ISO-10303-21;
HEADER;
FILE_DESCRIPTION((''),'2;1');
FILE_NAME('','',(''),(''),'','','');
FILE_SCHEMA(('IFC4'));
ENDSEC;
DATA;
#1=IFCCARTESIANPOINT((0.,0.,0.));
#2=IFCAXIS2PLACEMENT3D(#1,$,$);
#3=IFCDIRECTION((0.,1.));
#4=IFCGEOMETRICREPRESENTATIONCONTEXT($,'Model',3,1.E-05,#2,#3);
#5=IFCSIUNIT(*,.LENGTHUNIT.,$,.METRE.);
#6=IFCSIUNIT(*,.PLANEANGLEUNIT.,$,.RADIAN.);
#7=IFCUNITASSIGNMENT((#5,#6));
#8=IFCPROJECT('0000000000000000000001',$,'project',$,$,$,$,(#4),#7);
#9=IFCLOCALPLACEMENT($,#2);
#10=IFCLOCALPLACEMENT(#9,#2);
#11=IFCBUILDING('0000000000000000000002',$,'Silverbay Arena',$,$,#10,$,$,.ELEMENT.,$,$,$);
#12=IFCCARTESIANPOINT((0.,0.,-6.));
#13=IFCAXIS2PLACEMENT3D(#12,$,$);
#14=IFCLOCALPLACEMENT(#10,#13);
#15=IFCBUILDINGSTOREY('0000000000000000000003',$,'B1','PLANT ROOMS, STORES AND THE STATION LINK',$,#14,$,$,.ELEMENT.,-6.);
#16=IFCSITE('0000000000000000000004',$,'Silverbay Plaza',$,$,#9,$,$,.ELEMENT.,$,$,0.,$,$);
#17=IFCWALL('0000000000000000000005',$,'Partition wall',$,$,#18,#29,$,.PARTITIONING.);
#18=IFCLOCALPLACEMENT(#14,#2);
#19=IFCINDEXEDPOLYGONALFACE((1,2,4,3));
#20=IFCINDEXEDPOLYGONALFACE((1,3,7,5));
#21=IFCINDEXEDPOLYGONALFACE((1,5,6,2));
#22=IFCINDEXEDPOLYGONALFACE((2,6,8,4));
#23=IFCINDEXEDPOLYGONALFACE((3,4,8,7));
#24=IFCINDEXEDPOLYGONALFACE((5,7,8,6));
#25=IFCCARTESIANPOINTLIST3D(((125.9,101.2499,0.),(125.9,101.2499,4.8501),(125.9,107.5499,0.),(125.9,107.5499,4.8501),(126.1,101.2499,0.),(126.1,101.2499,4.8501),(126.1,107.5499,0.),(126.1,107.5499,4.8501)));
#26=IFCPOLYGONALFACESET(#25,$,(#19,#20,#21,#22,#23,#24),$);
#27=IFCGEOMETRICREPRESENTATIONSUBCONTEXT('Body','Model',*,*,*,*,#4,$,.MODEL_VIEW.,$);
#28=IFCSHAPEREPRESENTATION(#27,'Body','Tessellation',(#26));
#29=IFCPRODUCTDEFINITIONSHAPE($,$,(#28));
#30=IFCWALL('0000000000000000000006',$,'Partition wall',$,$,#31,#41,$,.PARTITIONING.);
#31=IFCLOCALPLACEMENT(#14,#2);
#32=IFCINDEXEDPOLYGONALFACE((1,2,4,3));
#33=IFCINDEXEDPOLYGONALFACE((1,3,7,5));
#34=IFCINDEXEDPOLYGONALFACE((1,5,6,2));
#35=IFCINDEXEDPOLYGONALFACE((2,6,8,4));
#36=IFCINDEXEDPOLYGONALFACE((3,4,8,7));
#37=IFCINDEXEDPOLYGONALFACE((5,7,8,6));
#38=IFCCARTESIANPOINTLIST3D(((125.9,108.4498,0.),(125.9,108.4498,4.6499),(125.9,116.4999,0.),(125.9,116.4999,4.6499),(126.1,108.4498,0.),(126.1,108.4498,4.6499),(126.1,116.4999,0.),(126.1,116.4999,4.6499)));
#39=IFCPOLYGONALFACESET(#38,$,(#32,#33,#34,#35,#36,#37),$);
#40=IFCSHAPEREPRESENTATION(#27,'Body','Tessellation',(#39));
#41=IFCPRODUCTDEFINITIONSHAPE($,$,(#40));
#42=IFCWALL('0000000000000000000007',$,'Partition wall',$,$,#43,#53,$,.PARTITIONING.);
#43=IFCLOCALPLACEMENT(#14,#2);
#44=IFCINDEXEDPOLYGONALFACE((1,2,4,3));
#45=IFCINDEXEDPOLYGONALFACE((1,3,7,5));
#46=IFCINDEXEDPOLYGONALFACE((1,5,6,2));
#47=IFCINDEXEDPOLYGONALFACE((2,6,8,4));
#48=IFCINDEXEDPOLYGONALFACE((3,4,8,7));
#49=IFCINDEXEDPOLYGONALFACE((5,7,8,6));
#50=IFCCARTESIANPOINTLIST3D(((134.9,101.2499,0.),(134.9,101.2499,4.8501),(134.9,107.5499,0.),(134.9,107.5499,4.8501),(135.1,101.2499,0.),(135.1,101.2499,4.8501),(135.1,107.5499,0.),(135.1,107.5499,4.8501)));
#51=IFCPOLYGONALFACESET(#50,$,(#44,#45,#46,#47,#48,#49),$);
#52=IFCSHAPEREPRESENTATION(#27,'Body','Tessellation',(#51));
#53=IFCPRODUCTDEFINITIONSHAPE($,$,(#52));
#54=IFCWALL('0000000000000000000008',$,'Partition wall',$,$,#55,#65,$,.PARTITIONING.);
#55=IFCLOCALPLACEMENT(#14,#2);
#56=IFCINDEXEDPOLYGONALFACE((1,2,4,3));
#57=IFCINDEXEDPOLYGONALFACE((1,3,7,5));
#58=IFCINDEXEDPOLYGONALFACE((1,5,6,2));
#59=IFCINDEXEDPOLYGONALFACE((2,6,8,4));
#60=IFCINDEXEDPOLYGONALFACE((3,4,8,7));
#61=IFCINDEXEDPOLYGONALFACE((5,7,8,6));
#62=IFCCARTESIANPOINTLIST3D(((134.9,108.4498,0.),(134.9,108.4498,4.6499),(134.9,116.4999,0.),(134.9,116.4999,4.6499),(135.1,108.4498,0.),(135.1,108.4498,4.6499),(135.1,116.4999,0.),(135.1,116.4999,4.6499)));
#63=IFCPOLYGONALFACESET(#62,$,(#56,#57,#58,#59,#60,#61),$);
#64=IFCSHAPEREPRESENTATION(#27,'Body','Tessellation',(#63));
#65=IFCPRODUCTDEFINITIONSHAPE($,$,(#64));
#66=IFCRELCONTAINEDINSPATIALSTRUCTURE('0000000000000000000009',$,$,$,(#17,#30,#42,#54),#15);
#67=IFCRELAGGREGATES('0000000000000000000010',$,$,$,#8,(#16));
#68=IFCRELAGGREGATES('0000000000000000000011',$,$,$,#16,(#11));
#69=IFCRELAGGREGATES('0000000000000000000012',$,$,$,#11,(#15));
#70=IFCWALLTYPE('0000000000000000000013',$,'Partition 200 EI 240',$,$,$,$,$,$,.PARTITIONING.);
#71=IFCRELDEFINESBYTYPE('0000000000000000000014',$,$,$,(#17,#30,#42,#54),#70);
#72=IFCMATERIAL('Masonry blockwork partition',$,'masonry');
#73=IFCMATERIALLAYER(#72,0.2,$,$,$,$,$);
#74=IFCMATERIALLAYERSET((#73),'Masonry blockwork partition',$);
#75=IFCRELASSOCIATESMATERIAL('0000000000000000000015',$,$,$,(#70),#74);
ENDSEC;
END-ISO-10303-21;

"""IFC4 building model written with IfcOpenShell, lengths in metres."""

from ifc_helpers import new_model, si_unit, direction, frame, frame_2d, origin, place, context, subcontext, project, spatial, rectangle, extrude, material, layer, layer_set, type_object, element, save


model = new_model("IFC4")

# Units and contexts
model_context = context("Model", 3, precision=1e-05, world=origin(), true_north=direction((0.0, 1.0)))
body_context = subcontext(model_context, "Body", "Model", "MODEL_VIEW")
ifc_project = project(units=[si_unit("LENGTHUNIT", "METRE"), si_unit("PLANEANGLEUNIT", "RADIAN")], contexts=[model_context])

# Site, building, storey
site_placement = place(None, origin())
site = spatial("IfcSite", under=ifc_project, at=site_placement, Name="Silverbay Plaza", CompositionType="ELEMENT", RefElevation=0.0)
building_placement = place(site_placement, origin())
building = spatial("IfcBuilding", under=site, at=building_placement, Name="Silverbay Arena", CompositionType="ELEMENT")
storey_placement = place(building_placement, frame((0.0, 0.0, -6.0)))
storey = spatial("IfcBuildingStorey", under=building, at=storey_placement, Name="B1", Description="PLANT ROOMS, STORES AND THE STATION LINK", CompositionType="ELEMENT", Elevation=-6.0)

# Walls
ifc_material_1 = material(Name="Masonry blockwork partition", Category="masonry")
ifc_layer = layer(ifc_material_1, 0.2)
ifc_layer_set = layer_set([ifc_layer], Name="Masonry blockwork partition")
wall_type = type_object("IfcWallType", Name="Partition 200 EI 240", PredefinedType="PARTITIONING", material=ifc_layer_set)
wall_1_placement = place(storey_placement, frame((126.0, 101.25, 0.0), z_axis=(0.0, 0.0, 1.0), x_axis=(0.0, 1.0, 0.0)))
element("IfcWall", 1, at=wall_1_placement, inside=storey, type_object=wall_type, Name="Partition wall", PredefinedType="PARTITIONING", context=body_context, shape_type="SweptSolid", body=[
    extrude(rectangle(XDim=6.3, YDim=0.2, at=frame_2d((3.1499, 0.0))), origin(), (0.0, 0.0, 1.0), 4.8501),
])
wall_2_placement = place(storey_placement, frame((126.0, 108.45, 0.0), z_axis=(0.0, 0.0, 1.0), x_axis=(0.0, 1.0, 0.0)))
element("IfcWall", 2, at=wall_2_placement, inside=storey, type_object=wall_type, Name="Partition wall", PredefinedType="PARTITIONING", context=body_context, shape_type="SweptSolid", body=[
    extrude(rectangle(XDim=8.05, YDim=0.2, at=frame_2d((4.0249, 0.0))), origin(), (0.0, 0.0, 1.0), 4.6499),
])
wall_3_placement = place(storey_placement, frame((135.0, 101.25, 0.0), z_axis=(0.0, 0.0, 1.0), x_axis=(0.0, 1.0, 0.0)))
element("IfcWall", 3, at=wall_3_placement, inside=storey, type_object=wall_type, Name="Partition wall", PredefinedType="PARTITIONING", context=body_context, shape_type="SweptSolid", body=[
    extrude(rectangle(XDim=6.3, YDim=0.2, at=frame_2d((3.1499, 0.0))), origin(), (0.0, 0.0, 1.0), 4.8501),
])
wall_4_placement = place(storey_placement, frame((135.0, 108.45, 0.0), z_axis=(0.0, 0.0, 1.0), x_axis=(0.0, 1.0, 0.0)))
element("IfcWall", 4, at=wall_4_placement, inside=storey, type_object=wall_type, Name="Partition wall", PredefinedType="PARTITIONING", context=body_context, shape_type="SweptSolid", body=[
    extrude(rectangle(XDim=8.05, YDim=0.2, at=frame_2d((4.0249, 0.0))), origin(), (0.0, 0.0, 1.0), 4.6499),
])

save(model, "model.ifc")
